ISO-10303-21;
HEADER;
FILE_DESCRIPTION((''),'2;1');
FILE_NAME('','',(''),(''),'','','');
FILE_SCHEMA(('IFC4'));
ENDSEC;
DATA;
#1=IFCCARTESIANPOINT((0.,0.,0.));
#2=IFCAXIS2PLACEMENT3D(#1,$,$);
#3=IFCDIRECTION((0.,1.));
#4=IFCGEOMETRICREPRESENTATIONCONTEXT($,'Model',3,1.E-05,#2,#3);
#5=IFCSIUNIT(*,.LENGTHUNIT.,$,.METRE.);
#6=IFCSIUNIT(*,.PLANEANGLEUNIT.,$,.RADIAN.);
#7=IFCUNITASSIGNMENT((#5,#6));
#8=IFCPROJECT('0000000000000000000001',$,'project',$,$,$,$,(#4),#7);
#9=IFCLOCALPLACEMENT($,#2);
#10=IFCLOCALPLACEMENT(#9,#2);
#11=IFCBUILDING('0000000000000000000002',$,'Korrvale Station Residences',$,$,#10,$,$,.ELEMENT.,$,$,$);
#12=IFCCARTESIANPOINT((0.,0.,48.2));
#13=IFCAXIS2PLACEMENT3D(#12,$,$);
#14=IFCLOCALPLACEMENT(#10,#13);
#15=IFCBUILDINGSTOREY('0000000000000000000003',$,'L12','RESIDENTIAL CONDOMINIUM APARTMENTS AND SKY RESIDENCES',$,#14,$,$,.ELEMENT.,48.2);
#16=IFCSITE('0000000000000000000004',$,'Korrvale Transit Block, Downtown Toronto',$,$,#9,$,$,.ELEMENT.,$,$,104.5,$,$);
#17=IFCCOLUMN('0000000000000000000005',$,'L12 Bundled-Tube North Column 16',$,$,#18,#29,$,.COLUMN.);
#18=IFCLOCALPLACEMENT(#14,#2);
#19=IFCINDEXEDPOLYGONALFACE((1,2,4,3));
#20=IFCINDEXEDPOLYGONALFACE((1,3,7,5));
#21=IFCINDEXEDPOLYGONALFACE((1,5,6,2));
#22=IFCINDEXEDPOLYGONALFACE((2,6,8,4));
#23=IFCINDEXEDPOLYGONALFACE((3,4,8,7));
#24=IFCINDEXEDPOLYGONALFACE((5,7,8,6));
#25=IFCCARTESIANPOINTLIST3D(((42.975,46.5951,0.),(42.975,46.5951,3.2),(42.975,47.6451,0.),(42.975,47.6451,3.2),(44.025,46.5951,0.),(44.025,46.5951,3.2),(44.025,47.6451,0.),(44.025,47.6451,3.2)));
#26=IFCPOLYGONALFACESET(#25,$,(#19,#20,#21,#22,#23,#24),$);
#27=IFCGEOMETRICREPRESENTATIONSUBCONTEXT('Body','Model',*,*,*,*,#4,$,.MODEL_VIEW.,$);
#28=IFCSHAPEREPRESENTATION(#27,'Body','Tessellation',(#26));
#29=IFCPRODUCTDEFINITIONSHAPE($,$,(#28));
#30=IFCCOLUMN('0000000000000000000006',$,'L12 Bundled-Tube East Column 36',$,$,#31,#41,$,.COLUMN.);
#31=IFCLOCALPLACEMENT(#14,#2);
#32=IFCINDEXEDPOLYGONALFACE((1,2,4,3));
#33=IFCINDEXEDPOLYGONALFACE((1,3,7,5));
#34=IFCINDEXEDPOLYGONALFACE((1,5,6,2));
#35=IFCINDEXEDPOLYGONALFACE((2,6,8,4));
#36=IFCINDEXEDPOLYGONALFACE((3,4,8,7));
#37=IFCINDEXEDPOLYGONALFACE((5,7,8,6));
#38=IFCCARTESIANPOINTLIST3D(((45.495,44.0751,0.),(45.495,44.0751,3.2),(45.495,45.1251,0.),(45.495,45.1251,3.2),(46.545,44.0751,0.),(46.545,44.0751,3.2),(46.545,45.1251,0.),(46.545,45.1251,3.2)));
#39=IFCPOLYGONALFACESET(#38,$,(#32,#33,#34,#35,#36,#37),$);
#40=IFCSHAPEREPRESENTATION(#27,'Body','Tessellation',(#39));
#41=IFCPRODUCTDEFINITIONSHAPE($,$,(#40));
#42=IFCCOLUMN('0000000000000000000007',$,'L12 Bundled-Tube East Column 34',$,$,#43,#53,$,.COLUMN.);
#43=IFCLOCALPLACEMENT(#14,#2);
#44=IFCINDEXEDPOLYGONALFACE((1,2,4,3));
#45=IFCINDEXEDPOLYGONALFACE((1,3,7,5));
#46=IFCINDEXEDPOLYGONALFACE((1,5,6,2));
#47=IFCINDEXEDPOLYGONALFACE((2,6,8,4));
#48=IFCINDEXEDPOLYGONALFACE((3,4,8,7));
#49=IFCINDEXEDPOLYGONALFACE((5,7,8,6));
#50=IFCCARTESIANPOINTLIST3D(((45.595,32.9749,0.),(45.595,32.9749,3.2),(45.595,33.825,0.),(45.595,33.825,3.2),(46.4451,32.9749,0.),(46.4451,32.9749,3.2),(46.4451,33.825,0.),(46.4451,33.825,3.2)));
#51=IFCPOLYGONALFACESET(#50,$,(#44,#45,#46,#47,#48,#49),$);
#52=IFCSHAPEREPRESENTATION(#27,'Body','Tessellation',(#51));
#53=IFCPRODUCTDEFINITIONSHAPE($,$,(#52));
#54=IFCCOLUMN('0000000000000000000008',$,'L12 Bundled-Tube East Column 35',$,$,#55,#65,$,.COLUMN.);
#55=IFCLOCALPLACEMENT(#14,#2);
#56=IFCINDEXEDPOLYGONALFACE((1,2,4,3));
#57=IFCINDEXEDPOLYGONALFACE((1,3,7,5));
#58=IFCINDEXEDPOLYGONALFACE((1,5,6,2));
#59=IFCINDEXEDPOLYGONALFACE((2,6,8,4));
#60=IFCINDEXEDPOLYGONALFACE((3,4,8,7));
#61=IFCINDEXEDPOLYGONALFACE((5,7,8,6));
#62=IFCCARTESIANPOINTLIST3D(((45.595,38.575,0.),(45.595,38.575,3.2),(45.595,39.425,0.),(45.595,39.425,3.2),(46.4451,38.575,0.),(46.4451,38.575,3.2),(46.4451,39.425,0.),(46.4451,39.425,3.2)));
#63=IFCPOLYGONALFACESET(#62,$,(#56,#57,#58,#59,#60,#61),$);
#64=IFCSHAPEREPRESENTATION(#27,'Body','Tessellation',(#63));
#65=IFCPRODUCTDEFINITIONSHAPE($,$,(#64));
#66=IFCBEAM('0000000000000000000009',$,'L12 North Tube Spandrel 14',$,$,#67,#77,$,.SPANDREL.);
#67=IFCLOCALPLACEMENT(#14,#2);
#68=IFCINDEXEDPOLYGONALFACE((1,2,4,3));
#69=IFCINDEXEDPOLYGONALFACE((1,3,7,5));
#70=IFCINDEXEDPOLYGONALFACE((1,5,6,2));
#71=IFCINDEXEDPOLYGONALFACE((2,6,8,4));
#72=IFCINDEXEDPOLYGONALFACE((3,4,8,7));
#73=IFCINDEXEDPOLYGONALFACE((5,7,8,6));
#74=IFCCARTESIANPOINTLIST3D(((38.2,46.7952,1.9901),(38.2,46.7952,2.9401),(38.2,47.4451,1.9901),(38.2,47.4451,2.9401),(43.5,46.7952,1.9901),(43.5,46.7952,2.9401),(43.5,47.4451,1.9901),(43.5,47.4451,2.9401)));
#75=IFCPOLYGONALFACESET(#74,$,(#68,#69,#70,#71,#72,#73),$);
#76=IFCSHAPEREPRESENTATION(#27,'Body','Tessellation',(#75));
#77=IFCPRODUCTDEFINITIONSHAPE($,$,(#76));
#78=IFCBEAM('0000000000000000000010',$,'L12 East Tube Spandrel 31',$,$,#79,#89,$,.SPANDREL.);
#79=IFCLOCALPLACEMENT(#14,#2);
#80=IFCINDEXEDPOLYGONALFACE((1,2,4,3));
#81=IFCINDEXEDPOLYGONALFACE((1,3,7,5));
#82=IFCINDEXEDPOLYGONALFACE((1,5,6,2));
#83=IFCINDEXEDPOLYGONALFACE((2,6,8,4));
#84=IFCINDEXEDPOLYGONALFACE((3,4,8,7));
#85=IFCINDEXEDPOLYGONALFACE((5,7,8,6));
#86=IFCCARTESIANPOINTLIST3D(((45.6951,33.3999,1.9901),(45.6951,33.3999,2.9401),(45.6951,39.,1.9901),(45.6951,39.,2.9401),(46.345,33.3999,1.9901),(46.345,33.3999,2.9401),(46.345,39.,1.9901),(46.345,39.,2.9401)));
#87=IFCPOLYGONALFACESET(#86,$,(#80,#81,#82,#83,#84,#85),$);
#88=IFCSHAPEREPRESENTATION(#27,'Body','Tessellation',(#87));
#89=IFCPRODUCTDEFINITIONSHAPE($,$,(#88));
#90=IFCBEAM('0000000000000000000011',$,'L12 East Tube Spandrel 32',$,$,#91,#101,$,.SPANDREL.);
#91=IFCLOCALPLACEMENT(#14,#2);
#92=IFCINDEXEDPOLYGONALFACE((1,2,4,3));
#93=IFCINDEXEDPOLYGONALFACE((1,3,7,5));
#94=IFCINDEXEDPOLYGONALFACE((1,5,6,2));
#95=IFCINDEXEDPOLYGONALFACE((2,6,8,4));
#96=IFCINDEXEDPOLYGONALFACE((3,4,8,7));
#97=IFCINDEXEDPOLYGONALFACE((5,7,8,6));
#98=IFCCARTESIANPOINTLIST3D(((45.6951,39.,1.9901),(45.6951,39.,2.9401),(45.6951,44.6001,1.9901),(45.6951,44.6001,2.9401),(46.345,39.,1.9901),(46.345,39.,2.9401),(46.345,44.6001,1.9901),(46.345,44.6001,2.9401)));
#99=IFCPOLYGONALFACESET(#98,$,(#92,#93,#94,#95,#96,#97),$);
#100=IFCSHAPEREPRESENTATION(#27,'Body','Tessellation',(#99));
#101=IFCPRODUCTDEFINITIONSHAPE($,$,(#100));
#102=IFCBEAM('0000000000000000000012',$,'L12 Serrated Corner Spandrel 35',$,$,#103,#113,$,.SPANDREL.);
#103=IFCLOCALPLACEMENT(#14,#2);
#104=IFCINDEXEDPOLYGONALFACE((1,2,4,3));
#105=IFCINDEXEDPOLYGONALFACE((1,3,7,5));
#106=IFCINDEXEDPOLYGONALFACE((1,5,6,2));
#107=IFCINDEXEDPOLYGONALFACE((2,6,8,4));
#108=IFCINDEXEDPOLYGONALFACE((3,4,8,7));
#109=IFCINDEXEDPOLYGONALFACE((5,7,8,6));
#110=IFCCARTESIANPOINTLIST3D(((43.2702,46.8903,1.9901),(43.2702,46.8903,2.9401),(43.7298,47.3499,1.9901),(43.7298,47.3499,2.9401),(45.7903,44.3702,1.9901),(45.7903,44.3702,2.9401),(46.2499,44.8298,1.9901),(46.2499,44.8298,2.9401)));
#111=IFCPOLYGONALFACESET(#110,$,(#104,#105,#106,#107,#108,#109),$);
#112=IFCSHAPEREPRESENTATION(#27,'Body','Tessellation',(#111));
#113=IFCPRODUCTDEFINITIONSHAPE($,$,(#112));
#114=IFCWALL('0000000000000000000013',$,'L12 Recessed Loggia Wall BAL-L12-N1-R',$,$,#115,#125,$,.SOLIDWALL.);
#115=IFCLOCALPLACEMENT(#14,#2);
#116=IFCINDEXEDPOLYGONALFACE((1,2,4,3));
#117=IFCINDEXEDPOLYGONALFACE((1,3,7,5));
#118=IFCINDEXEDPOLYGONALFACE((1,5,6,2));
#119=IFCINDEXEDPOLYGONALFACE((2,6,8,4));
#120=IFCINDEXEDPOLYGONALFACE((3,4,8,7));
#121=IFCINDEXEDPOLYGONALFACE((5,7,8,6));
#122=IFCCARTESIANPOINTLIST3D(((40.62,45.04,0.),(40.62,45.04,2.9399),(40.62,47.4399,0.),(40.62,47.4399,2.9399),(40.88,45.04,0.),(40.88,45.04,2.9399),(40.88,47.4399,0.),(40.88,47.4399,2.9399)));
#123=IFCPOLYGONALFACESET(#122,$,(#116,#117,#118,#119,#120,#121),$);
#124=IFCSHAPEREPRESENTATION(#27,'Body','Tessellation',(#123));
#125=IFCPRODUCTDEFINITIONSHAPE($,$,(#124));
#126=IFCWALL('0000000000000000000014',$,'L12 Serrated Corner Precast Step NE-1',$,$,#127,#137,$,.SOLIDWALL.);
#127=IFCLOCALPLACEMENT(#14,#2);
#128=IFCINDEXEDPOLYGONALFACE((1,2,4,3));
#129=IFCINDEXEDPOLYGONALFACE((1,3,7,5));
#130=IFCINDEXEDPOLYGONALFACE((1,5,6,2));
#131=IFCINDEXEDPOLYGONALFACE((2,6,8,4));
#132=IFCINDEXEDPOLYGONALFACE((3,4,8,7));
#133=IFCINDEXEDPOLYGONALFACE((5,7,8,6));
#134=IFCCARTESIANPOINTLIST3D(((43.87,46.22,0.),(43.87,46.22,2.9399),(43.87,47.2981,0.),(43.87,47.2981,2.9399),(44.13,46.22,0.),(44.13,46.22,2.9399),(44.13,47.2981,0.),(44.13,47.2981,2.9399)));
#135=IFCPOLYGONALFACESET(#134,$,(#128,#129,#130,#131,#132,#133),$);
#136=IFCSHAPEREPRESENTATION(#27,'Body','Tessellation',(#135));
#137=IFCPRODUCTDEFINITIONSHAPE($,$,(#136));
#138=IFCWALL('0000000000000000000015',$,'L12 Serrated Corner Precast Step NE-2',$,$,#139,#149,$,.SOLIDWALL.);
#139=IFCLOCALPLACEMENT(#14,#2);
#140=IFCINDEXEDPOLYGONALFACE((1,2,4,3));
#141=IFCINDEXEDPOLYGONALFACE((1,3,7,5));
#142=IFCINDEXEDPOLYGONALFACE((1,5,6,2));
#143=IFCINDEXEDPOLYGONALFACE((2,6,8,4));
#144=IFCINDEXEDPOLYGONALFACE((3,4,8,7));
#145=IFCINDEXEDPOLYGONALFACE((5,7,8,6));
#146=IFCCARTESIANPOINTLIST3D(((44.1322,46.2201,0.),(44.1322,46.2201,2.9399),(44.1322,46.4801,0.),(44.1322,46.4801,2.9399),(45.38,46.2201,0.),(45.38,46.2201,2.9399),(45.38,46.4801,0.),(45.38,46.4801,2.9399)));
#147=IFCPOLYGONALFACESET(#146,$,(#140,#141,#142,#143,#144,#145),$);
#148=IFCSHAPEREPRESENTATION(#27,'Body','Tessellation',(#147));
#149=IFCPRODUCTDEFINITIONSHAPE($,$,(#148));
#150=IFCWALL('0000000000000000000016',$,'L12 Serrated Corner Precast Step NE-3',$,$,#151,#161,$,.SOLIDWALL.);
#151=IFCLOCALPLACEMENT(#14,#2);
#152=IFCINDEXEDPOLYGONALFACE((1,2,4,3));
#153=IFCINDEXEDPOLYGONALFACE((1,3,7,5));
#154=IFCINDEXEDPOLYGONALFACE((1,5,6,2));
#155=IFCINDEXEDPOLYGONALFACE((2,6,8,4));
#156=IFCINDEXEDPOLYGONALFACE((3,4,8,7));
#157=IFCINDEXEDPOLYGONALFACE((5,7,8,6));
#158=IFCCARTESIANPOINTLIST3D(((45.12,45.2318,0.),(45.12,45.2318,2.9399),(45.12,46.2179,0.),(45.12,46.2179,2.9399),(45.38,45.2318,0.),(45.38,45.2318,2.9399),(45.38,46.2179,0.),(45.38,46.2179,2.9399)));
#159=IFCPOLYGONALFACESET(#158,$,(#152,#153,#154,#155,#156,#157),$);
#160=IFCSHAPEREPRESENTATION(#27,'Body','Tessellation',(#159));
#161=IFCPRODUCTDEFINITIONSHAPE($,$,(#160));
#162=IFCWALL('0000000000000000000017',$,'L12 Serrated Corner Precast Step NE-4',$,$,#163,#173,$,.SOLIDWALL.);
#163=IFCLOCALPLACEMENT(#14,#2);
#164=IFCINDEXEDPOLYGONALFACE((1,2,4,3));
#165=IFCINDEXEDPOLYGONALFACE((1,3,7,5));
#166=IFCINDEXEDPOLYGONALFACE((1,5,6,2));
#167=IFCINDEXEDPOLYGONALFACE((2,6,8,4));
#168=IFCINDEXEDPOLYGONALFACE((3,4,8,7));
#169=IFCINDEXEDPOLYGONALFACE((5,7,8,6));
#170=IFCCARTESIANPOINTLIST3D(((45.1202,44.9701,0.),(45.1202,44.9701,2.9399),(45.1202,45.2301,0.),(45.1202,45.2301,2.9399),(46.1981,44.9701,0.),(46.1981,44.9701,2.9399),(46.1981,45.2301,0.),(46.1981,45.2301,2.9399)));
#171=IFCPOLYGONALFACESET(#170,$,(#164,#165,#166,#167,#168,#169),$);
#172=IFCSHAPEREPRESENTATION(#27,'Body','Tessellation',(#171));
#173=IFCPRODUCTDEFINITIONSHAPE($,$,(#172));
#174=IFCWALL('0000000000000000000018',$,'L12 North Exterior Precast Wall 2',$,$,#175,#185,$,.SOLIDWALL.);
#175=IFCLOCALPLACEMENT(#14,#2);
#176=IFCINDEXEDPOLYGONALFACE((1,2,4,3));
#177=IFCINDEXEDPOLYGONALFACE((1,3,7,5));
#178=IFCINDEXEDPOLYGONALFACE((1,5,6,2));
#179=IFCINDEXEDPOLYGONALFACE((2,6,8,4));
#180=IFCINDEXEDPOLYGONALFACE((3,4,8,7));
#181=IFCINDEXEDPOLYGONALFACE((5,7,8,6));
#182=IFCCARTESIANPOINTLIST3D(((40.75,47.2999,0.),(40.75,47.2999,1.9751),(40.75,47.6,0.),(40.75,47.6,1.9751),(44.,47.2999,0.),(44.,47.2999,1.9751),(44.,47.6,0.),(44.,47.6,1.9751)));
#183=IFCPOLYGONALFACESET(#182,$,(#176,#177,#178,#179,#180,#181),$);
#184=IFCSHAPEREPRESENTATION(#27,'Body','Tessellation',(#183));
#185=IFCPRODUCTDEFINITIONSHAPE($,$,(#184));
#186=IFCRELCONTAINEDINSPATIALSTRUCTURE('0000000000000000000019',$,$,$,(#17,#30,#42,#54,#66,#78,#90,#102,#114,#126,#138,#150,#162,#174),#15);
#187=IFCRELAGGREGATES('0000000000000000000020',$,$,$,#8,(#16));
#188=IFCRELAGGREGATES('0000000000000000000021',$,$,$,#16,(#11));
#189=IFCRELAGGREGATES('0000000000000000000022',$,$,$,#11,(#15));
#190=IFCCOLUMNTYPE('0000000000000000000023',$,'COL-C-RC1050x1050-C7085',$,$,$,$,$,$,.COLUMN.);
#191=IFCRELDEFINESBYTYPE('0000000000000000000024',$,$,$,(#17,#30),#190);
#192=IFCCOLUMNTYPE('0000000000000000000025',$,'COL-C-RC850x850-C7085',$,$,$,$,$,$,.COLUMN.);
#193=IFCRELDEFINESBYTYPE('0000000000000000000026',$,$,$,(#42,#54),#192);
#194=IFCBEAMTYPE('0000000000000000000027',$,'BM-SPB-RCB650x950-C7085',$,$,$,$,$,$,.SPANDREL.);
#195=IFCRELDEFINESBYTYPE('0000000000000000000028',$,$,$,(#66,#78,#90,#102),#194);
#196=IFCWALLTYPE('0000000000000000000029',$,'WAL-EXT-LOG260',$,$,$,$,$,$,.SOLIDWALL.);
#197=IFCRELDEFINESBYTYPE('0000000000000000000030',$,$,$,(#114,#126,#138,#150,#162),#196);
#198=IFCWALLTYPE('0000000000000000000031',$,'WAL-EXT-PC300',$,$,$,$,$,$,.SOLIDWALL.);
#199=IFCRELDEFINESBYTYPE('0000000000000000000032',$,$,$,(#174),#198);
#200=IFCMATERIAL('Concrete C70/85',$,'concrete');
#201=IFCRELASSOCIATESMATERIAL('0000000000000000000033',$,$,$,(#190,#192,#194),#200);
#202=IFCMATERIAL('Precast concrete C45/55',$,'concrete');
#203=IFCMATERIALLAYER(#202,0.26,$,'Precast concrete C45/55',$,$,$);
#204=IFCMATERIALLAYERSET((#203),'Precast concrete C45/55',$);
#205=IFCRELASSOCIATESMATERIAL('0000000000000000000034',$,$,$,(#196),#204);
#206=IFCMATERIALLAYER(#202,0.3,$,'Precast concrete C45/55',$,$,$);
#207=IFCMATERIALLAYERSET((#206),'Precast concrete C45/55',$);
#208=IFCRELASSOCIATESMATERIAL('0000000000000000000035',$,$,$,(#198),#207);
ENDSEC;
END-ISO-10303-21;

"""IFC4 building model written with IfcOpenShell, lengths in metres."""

from ifc_helpers import new_model, si_unit, direction, frame, frame_2d, origin, origin_2d, place, context, subcontext, project, spatial, rectangle, extrude, material, layer, layer_set, material_profile, profile_set, type_object, element, save


model = new_model("IFC4")

# Units and contexts
model_context = context("Model", 3, precision=1e-05, world=origin(), true_north=direction((0.0, 1.0)))
body_context = subcontext(model_context, "Body", "Model", "MODEL_VIEW")
ifc_project = project(units=[si_unit("LENGTHUNIT", "METRE"), si_unit("PLANEANGLEUNIT", "RADIAN")], contexts=[model_context])

# Site, building, storey
site_placement = place(None, origin())
site = spatial("IfcSite", under=ifc_project, at=site_placement, Name="Korrvale Transit Block, Downtown Toronto", CompositionType="ELEMENT", RefElevation=104.5)
building_placement = place(site_placement, origin())
building = spatial("IfcBuilding", under=site, at=building_placement, Name="Korrvale Station Residences", CompositionType="ELEMENT")
storey_placement = place(building_placement, frame((0.0, 0.0, 48.2)))
storey = spatial("IfcBuildingStorey", under=building, at=storey_placement, Name="L12", Description="RESIDENTIAL CONDOMINIUM APARTMENTS AND SKY RESIDENCES", CompositionType="ELEMENT", Elevation=48.2)

# Columns
ifc_material_1 = material(Name="Concrete C70/85", Category="concrete")
ifc_material_profile_1 = material_profile(ifc_material_1, rectangle(XDim=1.05, YDim=1.05, at=origin_2d()), Name="RC1050x1050")
ifc_profile_set_1 = profile_set([ifc_material_profile_1], Name="Concrete C70/85")
column_type_1 = type_object("IfcColumnType", Name="COL-C-RC1050x1050-C7085", PredefinedType="COLUMN", material=ifc_profile_set_1)
for number, where, z_axis, x_axis, name in (
    (1, (43.5, 47.1201, 0.0), (0.0, 0.0, 1.0), (1.0, 0.0, 0.0), "L12 Bundled-Tube North Column 16"),
    (2, (46.02, 44.6001, 0.0), (0.0, 0.0, 1.0), (1.0, 0.0, 0.0), "L12 Bundled-Tube East Column 36"),
):
    element("IfcColumn", number, at=place(storey_placement, frame(where, z_axis=z_axis, x_axis=x_axis)), inside=storey, type_object=column_type_1, Name=name, PredefinedType="COLUMN", context=body_context, shape_type="SweptSolid", body=[
        extrude(rectangle(XDim=1.05, YDim=1.05, at=origin_2d()), origin(), (0.0, 0.0, 1.0), 3.2),
    ])
ifc_material_profile_2 = material_profile(ifc_material_1, rectangle(XDim=0.8501, YDim=0.8501, at=origin_2d()), Name="RC850x850")
ifc_profile_set_2 = profile_set([ifc_material_profile_2], Name="Concrete C70/85")
column_type_2 = type_object("IfcColumnType", Name="COL-C-RC850x850-C7085", PredefinedType="COLUMN", material=ifc_profile_set_2)
for number, where, z_axis, x_axis, name in (
    (3, (46.02, 33.3999, 0.0), (0.0, 0.0, 1.0), (1.0, 0.0, 0.0), "L12 Bundled-Tube East Column 34"),
    (4, (46.02, 39.0, 0.0), (0.0, 0.0, 1.0), (1.0, 0.0, 0.0), "L12 Bundled-Tube East Column 35"),
):
    element("IfcColumn", number, at=place(storey_placement, frame(where, z_axis=z_axis, x_axis=x_axis)), inside=storey, type_object=column_type_2, Name=name, PredefinedType="COLUMN", context=body_context, shape_type="SweptSolid", body=[
        extrude(rectangle(XDim=0.8501, YDim=0.8501, at=origin_2d()), origin(), (0.0, 0.0, 1.0), 3.2),
    ])

# Beams
ifc_material_profile_3 = material_profile(ifc_material_1, rectangle(XDim=0.6499, YDim=0.95, at=origin_2d()), Name="RCB650x950")
ifc_profile_set_3 = profile_set([ifc_material_profile_3], Name="Concrete C70/85")
beam_type = type_object("IfcBeamType", Name="BM-SPB-RCB650x950-C7085", PredefinedType="SPANDREL", material=ifc_profile_set_3)
beam_1_placement = place(storey_placement, frame((38.2, 47.1201, 2.4651), z_axis=(1.0, 0.0, 0.0), x_axis=(0.0, 1.0, 0.0)))
element("IfcBeam", 5, at=beam_1_placement, inside=storey, type_object=beam_type, Name="L12 North Tube Spandrel 14", PredefinedType="SPANDREL", context=body_context, shape_type="SweptSolid", body=[
    extrude(rectangle(XDim=0.6499, YDim=0.95, at=origin_2d()), origin(), (0.0, 0.0, 1.0), 5.3),
])
for number, where, z_axis, x_axis, name in (
    (6, (46.02, 33.3999, 2.4651), (0.0, 1.0, 0.0), (-1.0, 0.0, 0.0), "L12 East Tube Spandrel 31"),
    (7, (46.02, 39.0, 2.4651), (0.0, 1.0, 0.0), (-1.0, 0.0, 0.0), "L12 East Tube Spandrel 32"),
):
    element("IfcBeam", number, at=place(storey_placement, frame(where, z_axis=z_axis, x_axis=x_axis)), inside=storey, type_object=beam_type, Name=name, PredefinedType="SPANDREL", context=body_context, shape_type="SweptSolid", body=[
        extrude(rectangle(XDim=0.6499, YDim=0.95, at=origin_2d()), origin(), (0.0, 0.0, 1.0), 5.6001),
    ])
beam_2_placement = place(storey_placement, frame((43.5, 47.1201, 2.4651), z_axis=(0.707107, -0.707107, 0.0), x_axis=(0.707107, 0.707107, 0.0)))
element("IfcBeam", 8, at=beam_2_placement, inside=storey, type_object=beam_type, Name="L12 Serrated Corner Spandrel 35", PredefinedType="SPANDREL", context=body_context, shape_type="SweptSolid", body=[
    extrude(rectangle(XDim=0.6499, YDim=0.95, at=origin_2d()), origin(), (0.0, 0.0, 1.0), 3.564),
])

# Walls
ifc_material_2 = material(Name="Precast concrete C45/55", Category="concrete")
ifc_layer_1 = layer(ifc_material_2, 0.26, Name="Precast concrete C45/55")
ifc_layer_set_1 = layer_set([ifc_layer_1], Name="Precast concrete C45/55")
wall_type_1 = type_object("IfcWallType", Name="WAL-EXT-LOG260", PredefinedType="SOLIDWALL", material=ifc_layer_set_1)
wall_1_placement = place(storey_placement, frame((40.75, 45.04, 0.0), z_axis=(0.0, 0.0, 1.0), x_axis=(0.0, 1.0, 0.0)))
element("IfcWall", 9, at=wall_1_placement, inside=storey, type_object=wall_type_1, Name="L12 Recessed Loggia Wall BAL-L12-N1-R", PredefinedType="SOLIDWALL", context=body_context, shape_type="SweptSolid", body=[
    extrude(rectangle(XDim=2.3999, YDim=0.26, at=frame_2d((1.2, 0.0))), origin(), (0.0, 0.0, 1.0), 2.9399),
])
wall_2_placement = place(storey_placement, frame((44.0, 47.2981, 0.0), z_axis=(0.0, 0.0, 1.0), x_axis=(0.0, -1.0, 0.0)))
element("IfcWall", 10, at=wall_2_placement, inside=storey, type_object=wall_type_1, Name="L12 Serrated Corner Precast Step NE-1", PredefinedType="SOLIDWALL", context=body_context, shape_type="SweptSolid", body=[
    extrude(rectangle(XDim=1.0781, YDim=0.26, at=frame_2d((0.5391, 0.0))), origin(), (0.0, 0.0, 1.0), 2.9399),
])
wall_3_placement = place(storey_placement, frame((44.1321, 46.3501, 0.0), z_axis=(0.0, 0.0, 1.0), x_axis=(1.0, 0.0, 0.0)))
element("IfcWall", 11, at=wall_3_placement, inside=storey, type_object=wall_type_1, Name="L12 Serrated Corner Precast Step NE-2", PredefinedType="SOLIDWALL", context=body_context, shape_type="SweptSolid", body=[
    extrude(rectangle(XDim=1.2478, YDim=0.26, at=frame_2d((0.624, 0.0))), origin(), (0.0, 0.0, 1.0), 2.9399),
])
wall_4_placement = place(storey_placement, frame((45.25, 46.218, 0.0), z_axis=(0.0, 0.0, 1.0), x_axis=(0.0, -1.0, 0.0)))
element("IfcWall", 12, at=wall_4_placement, inside=storey, type_object=wall_type_1, Name="L12 Serrated Corner Precast Step NE-3", PredefinedType="SOLIDWALL", context=body_context, shape_type="SweptSolid", body=[
    extrude(rectangle(XDim=0.9861, YDim=0.26, at=frame_2d((0.4932, 0.0))), origin(), (0.0, 0.0, 1.0), 2.9399),
])
wall_5_placement = place(storey_placement, frame((45.1201, 45.1001, 0.0), z_axis=(0.0, 0.0, 1.0), x_axis=(1.0, 0.0, 0.0)))
element("IfcWall", 13, at=wall_5_placement, inside=storey, type_object=wall_type_1, Name="L12 Serrated Corner Precast Step NE-4", PredefinedType="SOLIDWALL", context=body_context, shape_type="SweptSolid", body=[
    extrude(rectangle(XDim=1.0779, YDim=0.26, at=frame_2d((0.5391, 0.0))), origin(), (0.0, 0.0, 1.0), 2.9399),
])
ifc_layer_2 = layer(ifc_material_2, 0.3, Name="Precast concrete C45/55")
ifc_layer_set_2 = layer_set([ifc_layer_2], Name="Precast concrete C45/55")
wall_type_2 = type_object("IfcWallType", Name="WAL-EXT-PC300", PredefinedType="SOLIDWALL", material=ifc_layer_set_2)
wall_6_placement = place(storey_placement, frame((40.75, 47.45, 0.0), z_axis=(0.0, 0.0, 1.0), x_axis=(1.0, 0.0, 0.0)))
element("IfcWall", 14, at=wall_6_placement, inside=storey, type_object=wall_type_2, Name="L12 North Exterior Precast Wall 2", PredefinedType="SOLIDWALL", context=body_context, shape_type="SweptSolid", body=[
    extrude(rectangle(XDim=3.25, YDim=0.3, at=frame_2d((1.625, 0.0))), origin(), (0.0, 0.0, 1.0), 1.9751),
])

save(model, "model.ifc")
